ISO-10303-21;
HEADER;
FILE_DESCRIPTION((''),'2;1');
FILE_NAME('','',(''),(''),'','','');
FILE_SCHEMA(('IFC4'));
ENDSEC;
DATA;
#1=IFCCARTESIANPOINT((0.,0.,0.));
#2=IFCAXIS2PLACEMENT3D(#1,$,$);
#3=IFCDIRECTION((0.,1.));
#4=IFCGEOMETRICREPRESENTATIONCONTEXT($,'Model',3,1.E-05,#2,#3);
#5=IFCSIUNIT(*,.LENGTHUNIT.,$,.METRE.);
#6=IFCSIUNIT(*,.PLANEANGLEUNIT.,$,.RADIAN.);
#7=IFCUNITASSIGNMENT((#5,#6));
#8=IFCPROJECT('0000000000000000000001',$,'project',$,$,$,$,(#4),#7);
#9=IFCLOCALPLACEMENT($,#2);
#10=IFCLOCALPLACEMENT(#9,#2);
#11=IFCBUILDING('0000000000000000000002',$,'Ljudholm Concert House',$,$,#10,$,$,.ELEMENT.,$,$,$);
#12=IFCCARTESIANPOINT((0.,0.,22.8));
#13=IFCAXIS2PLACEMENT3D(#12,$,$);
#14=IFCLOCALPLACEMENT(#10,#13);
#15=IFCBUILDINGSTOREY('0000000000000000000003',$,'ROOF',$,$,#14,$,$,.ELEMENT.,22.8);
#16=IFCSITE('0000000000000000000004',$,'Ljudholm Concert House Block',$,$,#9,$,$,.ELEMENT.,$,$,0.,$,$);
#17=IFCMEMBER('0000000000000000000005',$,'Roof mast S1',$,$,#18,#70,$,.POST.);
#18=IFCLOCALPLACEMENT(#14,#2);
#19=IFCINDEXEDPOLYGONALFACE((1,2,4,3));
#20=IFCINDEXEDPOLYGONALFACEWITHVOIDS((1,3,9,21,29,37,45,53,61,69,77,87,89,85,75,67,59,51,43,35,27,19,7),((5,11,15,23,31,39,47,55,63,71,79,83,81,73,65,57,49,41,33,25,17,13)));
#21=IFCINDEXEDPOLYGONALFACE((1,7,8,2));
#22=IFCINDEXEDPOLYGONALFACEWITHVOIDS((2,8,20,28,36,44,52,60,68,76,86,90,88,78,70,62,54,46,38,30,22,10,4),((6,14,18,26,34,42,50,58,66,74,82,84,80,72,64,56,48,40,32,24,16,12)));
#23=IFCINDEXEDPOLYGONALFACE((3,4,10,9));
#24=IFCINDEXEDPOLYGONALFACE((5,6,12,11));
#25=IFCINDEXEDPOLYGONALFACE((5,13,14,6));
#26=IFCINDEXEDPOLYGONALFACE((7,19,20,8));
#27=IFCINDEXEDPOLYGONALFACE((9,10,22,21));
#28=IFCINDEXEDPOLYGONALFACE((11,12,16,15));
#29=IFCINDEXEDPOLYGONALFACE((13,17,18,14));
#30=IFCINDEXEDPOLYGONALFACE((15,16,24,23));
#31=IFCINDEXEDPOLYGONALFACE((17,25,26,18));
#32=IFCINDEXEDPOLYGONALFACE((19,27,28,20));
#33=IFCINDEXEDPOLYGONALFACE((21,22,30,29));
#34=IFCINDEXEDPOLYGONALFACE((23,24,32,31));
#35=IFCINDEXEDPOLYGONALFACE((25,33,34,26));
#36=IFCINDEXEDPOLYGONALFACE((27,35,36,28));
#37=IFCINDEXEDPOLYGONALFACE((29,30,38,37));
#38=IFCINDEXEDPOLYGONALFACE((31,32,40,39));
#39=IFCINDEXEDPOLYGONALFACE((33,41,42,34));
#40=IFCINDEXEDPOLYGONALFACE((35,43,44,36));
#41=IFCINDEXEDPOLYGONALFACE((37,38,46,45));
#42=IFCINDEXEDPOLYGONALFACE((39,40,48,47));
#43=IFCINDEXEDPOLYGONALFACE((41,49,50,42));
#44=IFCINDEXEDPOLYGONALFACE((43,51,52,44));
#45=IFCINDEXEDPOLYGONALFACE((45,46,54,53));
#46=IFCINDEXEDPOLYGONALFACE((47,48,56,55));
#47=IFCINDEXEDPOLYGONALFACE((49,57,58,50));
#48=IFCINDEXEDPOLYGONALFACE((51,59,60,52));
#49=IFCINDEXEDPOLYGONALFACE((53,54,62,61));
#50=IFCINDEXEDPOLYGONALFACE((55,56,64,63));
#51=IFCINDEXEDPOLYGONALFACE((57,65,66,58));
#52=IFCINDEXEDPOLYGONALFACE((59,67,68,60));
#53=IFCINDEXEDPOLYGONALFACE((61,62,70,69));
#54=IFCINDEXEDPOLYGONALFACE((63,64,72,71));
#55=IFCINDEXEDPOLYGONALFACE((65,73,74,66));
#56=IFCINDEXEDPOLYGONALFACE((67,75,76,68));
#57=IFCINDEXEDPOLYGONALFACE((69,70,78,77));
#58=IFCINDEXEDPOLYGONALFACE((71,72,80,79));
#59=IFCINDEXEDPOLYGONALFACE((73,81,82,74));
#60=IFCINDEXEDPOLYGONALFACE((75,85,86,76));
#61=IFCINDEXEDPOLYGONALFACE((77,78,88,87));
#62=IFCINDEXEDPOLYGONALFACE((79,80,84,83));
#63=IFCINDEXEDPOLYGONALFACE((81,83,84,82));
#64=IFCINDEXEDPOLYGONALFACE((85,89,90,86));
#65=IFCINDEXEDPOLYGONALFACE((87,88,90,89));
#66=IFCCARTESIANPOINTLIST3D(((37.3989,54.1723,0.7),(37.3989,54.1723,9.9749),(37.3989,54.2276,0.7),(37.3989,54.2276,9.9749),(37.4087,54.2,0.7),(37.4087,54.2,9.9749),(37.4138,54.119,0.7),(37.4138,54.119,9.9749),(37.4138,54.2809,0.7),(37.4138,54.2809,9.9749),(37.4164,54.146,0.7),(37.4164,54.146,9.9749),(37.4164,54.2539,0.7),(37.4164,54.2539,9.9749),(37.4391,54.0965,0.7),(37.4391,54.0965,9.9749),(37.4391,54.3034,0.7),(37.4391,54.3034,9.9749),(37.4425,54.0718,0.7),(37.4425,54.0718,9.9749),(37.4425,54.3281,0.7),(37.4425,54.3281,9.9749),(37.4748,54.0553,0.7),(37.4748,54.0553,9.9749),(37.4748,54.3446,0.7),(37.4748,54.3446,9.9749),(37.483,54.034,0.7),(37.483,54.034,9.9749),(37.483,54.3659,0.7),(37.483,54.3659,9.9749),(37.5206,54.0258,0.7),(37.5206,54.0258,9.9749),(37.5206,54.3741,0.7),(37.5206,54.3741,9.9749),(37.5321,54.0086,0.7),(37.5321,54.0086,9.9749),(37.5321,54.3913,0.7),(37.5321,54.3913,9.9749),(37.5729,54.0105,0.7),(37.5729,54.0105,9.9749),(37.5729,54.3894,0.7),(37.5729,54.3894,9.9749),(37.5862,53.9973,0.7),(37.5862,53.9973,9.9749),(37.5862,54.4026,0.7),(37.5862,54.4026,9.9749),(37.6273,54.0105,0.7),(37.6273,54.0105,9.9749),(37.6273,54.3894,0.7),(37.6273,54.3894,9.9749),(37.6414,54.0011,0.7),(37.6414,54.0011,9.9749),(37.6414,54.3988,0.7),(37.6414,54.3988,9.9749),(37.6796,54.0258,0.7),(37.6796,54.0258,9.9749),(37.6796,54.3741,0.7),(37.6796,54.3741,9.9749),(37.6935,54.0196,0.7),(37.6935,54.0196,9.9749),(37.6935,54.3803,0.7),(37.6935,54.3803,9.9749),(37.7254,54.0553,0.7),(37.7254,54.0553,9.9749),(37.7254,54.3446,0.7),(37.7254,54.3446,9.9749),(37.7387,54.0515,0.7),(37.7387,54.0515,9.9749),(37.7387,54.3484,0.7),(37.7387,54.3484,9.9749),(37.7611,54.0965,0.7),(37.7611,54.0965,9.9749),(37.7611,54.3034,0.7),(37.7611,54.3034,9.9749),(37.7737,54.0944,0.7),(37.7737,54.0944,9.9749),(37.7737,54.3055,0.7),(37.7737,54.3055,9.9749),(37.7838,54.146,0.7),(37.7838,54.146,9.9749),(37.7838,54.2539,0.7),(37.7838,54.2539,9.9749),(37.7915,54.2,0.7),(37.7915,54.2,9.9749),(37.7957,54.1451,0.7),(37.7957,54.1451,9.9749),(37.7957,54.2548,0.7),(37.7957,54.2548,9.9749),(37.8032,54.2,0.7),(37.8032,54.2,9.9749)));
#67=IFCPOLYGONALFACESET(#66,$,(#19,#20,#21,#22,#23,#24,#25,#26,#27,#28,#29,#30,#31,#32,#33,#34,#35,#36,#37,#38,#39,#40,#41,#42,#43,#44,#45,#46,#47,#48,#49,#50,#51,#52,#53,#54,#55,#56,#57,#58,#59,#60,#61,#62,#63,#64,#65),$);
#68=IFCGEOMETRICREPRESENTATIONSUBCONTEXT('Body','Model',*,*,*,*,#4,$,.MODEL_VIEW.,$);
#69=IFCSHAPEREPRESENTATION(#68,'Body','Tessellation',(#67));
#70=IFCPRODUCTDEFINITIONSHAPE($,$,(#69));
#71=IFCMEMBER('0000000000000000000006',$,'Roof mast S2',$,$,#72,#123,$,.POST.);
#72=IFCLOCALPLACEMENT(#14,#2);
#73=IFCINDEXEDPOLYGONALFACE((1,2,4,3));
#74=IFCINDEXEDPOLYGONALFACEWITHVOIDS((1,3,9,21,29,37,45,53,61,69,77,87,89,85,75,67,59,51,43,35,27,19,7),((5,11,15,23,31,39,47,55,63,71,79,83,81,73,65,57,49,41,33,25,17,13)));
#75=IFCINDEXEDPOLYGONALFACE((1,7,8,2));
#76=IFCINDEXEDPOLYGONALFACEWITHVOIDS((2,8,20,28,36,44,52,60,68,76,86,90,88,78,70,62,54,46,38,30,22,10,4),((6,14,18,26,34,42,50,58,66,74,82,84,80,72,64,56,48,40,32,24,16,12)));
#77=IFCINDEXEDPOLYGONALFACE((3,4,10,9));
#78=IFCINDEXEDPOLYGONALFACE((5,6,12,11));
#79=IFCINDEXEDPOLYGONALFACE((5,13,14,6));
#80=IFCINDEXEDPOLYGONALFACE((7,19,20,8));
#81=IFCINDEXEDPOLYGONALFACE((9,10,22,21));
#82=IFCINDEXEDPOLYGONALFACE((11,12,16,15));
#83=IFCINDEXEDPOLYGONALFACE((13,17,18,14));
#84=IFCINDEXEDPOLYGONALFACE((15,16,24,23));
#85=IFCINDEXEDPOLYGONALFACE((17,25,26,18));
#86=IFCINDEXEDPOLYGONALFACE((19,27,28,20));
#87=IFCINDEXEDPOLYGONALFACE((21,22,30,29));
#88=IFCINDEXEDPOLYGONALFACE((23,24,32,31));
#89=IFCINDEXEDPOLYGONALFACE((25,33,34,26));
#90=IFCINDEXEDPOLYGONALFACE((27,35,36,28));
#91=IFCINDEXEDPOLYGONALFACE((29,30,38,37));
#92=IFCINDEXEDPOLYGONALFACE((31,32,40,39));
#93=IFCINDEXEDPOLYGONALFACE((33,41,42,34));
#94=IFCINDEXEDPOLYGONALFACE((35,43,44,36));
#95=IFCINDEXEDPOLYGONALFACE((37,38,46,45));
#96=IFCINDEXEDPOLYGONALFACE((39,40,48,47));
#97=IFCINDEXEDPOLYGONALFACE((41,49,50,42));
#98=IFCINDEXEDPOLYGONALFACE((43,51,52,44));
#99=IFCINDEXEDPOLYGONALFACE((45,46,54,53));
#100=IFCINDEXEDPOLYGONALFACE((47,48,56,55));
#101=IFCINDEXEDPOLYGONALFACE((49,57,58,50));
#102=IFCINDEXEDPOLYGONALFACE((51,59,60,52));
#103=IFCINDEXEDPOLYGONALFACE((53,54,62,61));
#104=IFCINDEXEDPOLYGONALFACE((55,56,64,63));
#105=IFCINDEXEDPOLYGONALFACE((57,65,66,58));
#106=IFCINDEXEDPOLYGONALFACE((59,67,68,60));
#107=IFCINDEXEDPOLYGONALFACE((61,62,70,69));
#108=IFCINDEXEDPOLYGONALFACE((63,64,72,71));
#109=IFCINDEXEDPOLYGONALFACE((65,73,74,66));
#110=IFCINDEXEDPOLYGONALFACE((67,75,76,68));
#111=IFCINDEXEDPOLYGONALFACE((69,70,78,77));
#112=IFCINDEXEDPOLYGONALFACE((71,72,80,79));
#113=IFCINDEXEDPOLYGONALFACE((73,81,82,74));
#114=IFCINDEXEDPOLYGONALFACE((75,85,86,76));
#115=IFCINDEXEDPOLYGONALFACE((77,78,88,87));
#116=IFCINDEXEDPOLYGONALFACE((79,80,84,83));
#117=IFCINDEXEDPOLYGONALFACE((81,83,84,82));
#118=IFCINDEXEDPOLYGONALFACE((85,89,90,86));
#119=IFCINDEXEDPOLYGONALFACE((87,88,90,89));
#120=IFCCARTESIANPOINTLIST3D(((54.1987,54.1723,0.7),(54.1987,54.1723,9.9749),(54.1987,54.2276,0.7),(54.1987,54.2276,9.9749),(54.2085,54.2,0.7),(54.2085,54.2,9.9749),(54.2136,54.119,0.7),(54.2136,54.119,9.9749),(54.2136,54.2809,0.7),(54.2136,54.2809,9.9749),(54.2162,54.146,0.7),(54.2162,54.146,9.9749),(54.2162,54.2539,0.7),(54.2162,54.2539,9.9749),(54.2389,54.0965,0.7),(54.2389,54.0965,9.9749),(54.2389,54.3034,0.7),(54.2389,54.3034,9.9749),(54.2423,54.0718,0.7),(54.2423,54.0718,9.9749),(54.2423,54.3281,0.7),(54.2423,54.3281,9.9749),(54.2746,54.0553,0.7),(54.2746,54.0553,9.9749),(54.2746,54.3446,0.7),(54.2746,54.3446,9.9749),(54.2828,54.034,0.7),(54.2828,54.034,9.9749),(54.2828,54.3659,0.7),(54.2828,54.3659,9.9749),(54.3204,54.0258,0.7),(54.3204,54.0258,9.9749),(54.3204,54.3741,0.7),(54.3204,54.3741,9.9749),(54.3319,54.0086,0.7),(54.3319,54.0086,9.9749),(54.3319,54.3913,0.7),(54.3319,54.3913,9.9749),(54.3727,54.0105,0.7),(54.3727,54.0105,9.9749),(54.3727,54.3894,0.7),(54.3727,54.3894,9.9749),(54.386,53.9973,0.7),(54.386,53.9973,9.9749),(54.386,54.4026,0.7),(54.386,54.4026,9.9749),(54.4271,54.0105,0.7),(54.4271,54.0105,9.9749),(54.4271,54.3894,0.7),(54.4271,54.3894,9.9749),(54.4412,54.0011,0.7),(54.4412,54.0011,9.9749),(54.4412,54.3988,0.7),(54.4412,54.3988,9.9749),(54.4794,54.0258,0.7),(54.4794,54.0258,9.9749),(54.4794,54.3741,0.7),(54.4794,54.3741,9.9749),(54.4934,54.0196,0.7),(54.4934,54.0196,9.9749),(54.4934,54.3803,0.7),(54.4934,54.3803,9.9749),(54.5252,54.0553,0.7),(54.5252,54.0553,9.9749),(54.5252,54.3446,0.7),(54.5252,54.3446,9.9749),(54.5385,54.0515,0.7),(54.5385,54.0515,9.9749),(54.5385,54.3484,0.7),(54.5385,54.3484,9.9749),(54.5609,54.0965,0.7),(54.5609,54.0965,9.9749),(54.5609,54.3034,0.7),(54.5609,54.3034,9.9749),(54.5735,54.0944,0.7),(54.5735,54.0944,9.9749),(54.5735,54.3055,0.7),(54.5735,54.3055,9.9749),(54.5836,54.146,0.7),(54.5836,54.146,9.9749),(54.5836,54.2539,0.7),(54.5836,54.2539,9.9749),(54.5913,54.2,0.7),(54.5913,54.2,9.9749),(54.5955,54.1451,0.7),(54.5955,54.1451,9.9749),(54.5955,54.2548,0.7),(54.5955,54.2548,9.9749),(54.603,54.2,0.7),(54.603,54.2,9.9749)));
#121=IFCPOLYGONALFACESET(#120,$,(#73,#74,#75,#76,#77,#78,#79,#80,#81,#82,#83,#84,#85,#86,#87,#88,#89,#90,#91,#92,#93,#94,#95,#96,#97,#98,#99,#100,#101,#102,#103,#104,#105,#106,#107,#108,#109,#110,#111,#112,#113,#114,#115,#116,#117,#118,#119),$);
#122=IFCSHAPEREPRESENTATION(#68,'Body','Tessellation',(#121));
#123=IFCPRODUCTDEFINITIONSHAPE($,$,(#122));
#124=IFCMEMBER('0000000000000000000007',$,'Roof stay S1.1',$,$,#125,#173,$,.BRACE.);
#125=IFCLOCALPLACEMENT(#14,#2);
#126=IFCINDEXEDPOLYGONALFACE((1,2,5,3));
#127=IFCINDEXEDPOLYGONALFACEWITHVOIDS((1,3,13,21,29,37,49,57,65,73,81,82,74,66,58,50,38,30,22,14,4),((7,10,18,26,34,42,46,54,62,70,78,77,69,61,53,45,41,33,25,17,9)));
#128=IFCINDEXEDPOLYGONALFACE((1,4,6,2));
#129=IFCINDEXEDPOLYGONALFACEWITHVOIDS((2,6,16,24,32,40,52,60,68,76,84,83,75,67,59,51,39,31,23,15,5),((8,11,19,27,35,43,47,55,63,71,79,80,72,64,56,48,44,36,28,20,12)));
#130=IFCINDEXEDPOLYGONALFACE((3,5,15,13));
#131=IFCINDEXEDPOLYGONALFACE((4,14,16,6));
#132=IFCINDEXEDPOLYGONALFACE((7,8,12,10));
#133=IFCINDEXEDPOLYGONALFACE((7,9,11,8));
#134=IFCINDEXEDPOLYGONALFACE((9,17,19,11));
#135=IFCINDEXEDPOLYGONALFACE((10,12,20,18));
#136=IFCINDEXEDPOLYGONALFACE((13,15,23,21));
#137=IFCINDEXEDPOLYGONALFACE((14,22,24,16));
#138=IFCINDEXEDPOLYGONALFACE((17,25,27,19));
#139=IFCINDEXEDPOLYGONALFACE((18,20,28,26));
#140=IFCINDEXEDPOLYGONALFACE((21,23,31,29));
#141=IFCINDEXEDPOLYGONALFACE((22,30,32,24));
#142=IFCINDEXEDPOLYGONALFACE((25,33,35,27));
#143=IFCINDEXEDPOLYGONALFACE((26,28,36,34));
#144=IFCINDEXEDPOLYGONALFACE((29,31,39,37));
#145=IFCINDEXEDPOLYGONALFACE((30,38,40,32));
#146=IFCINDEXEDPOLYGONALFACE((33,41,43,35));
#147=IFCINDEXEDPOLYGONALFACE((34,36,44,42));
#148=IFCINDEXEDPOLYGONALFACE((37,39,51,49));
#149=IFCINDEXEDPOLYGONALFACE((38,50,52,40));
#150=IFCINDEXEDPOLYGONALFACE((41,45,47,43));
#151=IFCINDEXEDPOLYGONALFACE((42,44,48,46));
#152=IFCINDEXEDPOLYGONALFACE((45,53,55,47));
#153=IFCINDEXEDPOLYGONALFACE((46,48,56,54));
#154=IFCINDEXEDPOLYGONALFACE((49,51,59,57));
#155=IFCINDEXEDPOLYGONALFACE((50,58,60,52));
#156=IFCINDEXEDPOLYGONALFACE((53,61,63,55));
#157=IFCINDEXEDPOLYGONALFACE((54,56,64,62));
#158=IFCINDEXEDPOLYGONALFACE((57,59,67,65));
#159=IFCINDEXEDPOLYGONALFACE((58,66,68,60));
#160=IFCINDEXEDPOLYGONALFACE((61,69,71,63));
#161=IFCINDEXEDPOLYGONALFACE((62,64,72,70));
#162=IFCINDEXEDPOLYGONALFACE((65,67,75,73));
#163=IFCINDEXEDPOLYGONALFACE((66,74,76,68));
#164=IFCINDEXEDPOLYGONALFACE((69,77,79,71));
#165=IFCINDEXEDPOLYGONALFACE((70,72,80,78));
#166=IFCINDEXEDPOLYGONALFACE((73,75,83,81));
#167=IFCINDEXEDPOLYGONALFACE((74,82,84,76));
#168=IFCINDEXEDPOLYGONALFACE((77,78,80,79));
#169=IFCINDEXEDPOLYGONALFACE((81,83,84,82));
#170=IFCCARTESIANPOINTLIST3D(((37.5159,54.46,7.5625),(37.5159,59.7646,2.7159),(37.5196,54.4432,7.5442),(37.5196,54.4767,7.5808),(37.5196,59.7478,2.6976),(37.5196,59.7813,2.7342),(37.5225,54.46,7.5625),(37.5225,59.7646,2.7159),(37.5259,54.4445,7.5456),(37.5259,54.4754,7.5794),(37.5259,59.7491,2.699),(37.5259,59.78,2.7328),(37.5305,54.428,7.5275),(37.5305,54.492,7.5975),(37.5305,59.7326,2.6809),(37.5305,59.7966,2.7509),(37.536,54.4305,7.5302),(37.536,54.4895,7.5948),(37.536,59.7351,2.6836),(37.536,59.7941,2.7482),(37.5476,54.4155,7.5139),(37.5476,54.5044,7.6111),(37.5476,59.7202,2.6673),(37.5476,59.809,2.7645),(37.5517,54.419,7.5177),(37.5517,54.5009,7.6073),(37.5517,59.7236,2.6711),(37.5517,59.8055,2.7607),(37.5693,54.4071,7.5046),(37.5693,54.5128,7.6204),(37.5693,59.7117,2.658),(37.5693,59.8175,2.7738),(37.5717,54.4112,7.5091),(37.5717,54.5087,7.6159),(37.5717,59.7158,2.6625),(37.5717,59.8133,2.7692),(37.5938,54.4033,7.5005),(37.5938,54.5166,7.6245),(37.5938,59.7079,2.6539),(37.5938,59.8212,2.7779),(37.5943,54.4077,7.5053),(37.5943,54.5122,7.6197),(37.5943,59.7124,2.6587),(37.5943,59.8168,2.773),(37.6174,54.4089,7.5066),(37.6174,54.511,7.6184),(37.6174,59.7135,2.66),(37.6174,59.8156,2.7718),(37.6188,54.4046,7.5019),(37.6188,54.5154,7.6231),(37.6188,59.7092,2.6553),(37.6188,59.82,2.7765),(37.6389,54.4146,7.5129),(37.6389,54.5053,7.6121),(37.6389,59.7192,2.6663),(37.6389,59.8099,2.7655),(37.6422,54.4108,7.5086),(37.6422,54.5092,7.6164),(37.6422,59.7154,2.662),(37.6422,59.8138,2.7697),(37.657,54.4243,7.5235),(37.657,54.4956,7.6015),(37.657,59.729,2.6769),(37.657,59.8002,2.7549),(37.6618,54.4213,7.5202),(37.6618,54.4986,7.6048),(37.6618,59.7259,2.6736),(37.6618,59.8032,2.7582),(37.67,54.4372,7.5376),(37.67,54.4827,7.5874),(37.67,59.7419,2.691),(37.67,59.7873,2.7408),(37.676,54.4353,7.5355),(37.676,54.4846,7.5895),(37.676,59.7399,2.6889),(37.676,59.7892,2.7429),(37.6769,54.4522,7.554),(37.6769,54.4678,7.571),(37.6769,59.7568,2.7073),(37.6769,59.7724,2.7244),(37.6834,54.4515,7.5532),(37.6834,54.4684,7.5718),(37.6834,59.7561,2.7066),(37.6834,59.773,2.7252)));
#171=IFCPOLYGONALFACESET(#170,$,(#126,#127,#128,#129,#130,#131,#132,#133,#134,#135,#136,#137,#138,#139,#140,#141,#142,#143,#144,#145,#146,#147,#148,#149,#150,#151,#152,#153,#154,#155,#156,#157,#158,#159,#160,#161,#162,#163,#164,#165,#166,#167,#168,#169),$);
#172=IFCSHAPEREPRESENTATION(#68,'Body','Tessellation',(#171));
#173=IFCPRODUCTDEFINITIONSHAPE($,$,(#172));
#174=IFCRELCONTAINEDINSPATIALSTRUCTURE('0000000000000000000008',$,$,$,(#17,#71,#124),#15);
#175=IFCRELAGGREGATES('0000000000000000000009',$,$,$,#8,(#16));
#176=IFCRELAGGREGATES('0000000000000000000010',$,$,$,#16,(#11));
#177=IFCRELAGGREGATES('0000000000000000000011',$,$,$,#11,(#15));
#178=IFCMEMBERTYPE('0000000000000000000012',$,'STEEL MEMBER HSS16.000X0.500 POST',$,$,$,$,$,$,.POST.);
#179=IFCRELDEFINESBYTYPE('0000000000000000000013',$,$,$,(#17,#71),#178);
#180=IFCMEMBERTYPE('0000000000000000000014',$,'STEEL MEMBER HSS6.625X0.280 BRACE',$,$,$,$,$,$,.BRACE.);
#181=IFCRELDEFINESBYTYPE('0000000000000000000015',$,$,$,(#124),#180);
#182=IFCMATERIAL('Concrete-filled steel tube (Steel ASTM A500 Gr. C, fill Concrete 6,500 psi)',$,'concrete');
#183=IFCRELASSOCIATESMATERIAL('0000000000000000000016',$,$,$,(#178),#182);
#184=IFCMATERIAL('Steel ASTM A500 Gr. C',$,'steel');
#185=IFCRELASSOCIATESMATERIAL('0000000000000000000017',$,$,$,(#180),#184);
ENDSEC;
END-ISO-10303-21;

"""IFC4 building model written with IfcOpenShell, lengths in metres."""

from ifc_helpers import new_model, si_unit, direction, frame, origin, origin_2d, place, context, subcontext, project, spatial, hollow_circle, extrude, material, material_profile, profile_set, type_object, element, save


model = new_model("IFC4")

# Units and contexts
model_context = context("Model", 3, precision=1e-05, world=origin(), true_north=direction((0.0, 1.0)))
body_context = subcontext(model_context, "Body", "Model", "MODEL_VIEW")
ifc_project = project(units=[si_unit("LENGTHUNIT", "METRE"), si_unit("PLANEANGLEUNIT", "RADIAN")], contexts=[model_context])

# Site, building, storey
site_placement = place(None, origin())
site = spatial("IfcSite", under=ifc_project, at=site_placement, Name="Ljudholm Concert House Block", CompositionType="ELEMENT", RefElevation=0.0)
building_placement = place(site_placement, origin())
building = spatial("IfcBuilding", under=site, at=building_placement, Name="Ljudholm Concert House", CompositionType="ELEMENT")
storey_placement = place(building_placement, frame((0.0, 0.0, 22.8)))
storey = spatial("IfcBuildingStorey", under=building, at=storey_placement, Name="ROOF", CompositionType="ELEMENT", Elevation=22.8)

# Members
ifc_material_1 = material(Name="Concrete-filled steel tube (Steel ASTM A500 Gr. C, fill Concrete 6,500 psi)", Category="concrete")
ifc_material_profile_1 = material_profile(ifc_material_1, hollow_circle(Radius=0.2031, WallThickness=0.0117, at=origin_2d()), Name="HSS16.000X0.500")
ifc_profile_set_1 = profile_set([ifc_material_profile_1], Name="Concrete-filled steel tube (Steel ASTM A500 Gr. C, fill Concrete 6,500 psi)")
member_type_1 = type_object("IfcMemberType", Name="STEEL MEMBER HSS16.000X0.500 POST", PredefinedType="POST", material=ifc_profile_set_1)
for number, where, z_axis, x_axis, name in (
    (1, (37.6001, 54.2, 0.7), (0.0, 0.0, 1.0), (1.0, 0.0, 0.0), "Roof mast S1"),
    (2, (54.3999, 54.2, 0.7), (0.0, 0.0, 1.0), (1.0, 0.0, 0.0), "Roof mast S2"),
):
    element("IfcMember", number, at=place(storey_placement, frame(where, z_axis=z_axis, x_axis=x_axis)), inside=storey, type_object=member_type_1, Name=name, PredefinedType="POST", context=body_context, shape_type="SweptSolid", body=[
        extrude(hollow_circle(Radius=0.2031, WallThickness=0.0117, at=origin_2d()), origin(), (0.0, 0.0, 1.0), 9.2749),
    ])
ifc_material_2 = material(Name="Steel ASTM A500 Gr. C", Category="steel")
ifc_material_profile_2 = material_profile(ifc_material_2, hollow_circle(Radius=0.0842, WallThickness=0.0066, at=origin_2d()), Name="HSS6.625X0.280")
ifc_profile_set_2 = profile_set([ifc_material_profile_2], Name="Steel ASTM A500 Gr. C")
member_type_2 = type_object("IfcMemberType", Name="STEEL MEMBER HSS6.625X0.280 BRACE", PredefinedType="BRACE", material=ifc_profile_set_2)
member_1_placement = place(storey_placement, frame((37.6001, 54.46, 7.5625), z_axis=(0.0, 0.738259, -0.674517), x_axis=(-1.0, 0.0, 0.0)))
element("IfcMember", 3, at=member_1_placement, inside=storey, type_object=member_type_2, Name="Roof stay S1.1", PredefinedType="BRACE", context=body_context, shape_type="SweptSolid", body=[
    extrude(hollow_circle(Radius=0.0842, WallThickness=0.0066, at=origin_2d()), origin(), (0.0, 0.0, 1.0), 7.1853),
])

save(model, "model.ifc")
